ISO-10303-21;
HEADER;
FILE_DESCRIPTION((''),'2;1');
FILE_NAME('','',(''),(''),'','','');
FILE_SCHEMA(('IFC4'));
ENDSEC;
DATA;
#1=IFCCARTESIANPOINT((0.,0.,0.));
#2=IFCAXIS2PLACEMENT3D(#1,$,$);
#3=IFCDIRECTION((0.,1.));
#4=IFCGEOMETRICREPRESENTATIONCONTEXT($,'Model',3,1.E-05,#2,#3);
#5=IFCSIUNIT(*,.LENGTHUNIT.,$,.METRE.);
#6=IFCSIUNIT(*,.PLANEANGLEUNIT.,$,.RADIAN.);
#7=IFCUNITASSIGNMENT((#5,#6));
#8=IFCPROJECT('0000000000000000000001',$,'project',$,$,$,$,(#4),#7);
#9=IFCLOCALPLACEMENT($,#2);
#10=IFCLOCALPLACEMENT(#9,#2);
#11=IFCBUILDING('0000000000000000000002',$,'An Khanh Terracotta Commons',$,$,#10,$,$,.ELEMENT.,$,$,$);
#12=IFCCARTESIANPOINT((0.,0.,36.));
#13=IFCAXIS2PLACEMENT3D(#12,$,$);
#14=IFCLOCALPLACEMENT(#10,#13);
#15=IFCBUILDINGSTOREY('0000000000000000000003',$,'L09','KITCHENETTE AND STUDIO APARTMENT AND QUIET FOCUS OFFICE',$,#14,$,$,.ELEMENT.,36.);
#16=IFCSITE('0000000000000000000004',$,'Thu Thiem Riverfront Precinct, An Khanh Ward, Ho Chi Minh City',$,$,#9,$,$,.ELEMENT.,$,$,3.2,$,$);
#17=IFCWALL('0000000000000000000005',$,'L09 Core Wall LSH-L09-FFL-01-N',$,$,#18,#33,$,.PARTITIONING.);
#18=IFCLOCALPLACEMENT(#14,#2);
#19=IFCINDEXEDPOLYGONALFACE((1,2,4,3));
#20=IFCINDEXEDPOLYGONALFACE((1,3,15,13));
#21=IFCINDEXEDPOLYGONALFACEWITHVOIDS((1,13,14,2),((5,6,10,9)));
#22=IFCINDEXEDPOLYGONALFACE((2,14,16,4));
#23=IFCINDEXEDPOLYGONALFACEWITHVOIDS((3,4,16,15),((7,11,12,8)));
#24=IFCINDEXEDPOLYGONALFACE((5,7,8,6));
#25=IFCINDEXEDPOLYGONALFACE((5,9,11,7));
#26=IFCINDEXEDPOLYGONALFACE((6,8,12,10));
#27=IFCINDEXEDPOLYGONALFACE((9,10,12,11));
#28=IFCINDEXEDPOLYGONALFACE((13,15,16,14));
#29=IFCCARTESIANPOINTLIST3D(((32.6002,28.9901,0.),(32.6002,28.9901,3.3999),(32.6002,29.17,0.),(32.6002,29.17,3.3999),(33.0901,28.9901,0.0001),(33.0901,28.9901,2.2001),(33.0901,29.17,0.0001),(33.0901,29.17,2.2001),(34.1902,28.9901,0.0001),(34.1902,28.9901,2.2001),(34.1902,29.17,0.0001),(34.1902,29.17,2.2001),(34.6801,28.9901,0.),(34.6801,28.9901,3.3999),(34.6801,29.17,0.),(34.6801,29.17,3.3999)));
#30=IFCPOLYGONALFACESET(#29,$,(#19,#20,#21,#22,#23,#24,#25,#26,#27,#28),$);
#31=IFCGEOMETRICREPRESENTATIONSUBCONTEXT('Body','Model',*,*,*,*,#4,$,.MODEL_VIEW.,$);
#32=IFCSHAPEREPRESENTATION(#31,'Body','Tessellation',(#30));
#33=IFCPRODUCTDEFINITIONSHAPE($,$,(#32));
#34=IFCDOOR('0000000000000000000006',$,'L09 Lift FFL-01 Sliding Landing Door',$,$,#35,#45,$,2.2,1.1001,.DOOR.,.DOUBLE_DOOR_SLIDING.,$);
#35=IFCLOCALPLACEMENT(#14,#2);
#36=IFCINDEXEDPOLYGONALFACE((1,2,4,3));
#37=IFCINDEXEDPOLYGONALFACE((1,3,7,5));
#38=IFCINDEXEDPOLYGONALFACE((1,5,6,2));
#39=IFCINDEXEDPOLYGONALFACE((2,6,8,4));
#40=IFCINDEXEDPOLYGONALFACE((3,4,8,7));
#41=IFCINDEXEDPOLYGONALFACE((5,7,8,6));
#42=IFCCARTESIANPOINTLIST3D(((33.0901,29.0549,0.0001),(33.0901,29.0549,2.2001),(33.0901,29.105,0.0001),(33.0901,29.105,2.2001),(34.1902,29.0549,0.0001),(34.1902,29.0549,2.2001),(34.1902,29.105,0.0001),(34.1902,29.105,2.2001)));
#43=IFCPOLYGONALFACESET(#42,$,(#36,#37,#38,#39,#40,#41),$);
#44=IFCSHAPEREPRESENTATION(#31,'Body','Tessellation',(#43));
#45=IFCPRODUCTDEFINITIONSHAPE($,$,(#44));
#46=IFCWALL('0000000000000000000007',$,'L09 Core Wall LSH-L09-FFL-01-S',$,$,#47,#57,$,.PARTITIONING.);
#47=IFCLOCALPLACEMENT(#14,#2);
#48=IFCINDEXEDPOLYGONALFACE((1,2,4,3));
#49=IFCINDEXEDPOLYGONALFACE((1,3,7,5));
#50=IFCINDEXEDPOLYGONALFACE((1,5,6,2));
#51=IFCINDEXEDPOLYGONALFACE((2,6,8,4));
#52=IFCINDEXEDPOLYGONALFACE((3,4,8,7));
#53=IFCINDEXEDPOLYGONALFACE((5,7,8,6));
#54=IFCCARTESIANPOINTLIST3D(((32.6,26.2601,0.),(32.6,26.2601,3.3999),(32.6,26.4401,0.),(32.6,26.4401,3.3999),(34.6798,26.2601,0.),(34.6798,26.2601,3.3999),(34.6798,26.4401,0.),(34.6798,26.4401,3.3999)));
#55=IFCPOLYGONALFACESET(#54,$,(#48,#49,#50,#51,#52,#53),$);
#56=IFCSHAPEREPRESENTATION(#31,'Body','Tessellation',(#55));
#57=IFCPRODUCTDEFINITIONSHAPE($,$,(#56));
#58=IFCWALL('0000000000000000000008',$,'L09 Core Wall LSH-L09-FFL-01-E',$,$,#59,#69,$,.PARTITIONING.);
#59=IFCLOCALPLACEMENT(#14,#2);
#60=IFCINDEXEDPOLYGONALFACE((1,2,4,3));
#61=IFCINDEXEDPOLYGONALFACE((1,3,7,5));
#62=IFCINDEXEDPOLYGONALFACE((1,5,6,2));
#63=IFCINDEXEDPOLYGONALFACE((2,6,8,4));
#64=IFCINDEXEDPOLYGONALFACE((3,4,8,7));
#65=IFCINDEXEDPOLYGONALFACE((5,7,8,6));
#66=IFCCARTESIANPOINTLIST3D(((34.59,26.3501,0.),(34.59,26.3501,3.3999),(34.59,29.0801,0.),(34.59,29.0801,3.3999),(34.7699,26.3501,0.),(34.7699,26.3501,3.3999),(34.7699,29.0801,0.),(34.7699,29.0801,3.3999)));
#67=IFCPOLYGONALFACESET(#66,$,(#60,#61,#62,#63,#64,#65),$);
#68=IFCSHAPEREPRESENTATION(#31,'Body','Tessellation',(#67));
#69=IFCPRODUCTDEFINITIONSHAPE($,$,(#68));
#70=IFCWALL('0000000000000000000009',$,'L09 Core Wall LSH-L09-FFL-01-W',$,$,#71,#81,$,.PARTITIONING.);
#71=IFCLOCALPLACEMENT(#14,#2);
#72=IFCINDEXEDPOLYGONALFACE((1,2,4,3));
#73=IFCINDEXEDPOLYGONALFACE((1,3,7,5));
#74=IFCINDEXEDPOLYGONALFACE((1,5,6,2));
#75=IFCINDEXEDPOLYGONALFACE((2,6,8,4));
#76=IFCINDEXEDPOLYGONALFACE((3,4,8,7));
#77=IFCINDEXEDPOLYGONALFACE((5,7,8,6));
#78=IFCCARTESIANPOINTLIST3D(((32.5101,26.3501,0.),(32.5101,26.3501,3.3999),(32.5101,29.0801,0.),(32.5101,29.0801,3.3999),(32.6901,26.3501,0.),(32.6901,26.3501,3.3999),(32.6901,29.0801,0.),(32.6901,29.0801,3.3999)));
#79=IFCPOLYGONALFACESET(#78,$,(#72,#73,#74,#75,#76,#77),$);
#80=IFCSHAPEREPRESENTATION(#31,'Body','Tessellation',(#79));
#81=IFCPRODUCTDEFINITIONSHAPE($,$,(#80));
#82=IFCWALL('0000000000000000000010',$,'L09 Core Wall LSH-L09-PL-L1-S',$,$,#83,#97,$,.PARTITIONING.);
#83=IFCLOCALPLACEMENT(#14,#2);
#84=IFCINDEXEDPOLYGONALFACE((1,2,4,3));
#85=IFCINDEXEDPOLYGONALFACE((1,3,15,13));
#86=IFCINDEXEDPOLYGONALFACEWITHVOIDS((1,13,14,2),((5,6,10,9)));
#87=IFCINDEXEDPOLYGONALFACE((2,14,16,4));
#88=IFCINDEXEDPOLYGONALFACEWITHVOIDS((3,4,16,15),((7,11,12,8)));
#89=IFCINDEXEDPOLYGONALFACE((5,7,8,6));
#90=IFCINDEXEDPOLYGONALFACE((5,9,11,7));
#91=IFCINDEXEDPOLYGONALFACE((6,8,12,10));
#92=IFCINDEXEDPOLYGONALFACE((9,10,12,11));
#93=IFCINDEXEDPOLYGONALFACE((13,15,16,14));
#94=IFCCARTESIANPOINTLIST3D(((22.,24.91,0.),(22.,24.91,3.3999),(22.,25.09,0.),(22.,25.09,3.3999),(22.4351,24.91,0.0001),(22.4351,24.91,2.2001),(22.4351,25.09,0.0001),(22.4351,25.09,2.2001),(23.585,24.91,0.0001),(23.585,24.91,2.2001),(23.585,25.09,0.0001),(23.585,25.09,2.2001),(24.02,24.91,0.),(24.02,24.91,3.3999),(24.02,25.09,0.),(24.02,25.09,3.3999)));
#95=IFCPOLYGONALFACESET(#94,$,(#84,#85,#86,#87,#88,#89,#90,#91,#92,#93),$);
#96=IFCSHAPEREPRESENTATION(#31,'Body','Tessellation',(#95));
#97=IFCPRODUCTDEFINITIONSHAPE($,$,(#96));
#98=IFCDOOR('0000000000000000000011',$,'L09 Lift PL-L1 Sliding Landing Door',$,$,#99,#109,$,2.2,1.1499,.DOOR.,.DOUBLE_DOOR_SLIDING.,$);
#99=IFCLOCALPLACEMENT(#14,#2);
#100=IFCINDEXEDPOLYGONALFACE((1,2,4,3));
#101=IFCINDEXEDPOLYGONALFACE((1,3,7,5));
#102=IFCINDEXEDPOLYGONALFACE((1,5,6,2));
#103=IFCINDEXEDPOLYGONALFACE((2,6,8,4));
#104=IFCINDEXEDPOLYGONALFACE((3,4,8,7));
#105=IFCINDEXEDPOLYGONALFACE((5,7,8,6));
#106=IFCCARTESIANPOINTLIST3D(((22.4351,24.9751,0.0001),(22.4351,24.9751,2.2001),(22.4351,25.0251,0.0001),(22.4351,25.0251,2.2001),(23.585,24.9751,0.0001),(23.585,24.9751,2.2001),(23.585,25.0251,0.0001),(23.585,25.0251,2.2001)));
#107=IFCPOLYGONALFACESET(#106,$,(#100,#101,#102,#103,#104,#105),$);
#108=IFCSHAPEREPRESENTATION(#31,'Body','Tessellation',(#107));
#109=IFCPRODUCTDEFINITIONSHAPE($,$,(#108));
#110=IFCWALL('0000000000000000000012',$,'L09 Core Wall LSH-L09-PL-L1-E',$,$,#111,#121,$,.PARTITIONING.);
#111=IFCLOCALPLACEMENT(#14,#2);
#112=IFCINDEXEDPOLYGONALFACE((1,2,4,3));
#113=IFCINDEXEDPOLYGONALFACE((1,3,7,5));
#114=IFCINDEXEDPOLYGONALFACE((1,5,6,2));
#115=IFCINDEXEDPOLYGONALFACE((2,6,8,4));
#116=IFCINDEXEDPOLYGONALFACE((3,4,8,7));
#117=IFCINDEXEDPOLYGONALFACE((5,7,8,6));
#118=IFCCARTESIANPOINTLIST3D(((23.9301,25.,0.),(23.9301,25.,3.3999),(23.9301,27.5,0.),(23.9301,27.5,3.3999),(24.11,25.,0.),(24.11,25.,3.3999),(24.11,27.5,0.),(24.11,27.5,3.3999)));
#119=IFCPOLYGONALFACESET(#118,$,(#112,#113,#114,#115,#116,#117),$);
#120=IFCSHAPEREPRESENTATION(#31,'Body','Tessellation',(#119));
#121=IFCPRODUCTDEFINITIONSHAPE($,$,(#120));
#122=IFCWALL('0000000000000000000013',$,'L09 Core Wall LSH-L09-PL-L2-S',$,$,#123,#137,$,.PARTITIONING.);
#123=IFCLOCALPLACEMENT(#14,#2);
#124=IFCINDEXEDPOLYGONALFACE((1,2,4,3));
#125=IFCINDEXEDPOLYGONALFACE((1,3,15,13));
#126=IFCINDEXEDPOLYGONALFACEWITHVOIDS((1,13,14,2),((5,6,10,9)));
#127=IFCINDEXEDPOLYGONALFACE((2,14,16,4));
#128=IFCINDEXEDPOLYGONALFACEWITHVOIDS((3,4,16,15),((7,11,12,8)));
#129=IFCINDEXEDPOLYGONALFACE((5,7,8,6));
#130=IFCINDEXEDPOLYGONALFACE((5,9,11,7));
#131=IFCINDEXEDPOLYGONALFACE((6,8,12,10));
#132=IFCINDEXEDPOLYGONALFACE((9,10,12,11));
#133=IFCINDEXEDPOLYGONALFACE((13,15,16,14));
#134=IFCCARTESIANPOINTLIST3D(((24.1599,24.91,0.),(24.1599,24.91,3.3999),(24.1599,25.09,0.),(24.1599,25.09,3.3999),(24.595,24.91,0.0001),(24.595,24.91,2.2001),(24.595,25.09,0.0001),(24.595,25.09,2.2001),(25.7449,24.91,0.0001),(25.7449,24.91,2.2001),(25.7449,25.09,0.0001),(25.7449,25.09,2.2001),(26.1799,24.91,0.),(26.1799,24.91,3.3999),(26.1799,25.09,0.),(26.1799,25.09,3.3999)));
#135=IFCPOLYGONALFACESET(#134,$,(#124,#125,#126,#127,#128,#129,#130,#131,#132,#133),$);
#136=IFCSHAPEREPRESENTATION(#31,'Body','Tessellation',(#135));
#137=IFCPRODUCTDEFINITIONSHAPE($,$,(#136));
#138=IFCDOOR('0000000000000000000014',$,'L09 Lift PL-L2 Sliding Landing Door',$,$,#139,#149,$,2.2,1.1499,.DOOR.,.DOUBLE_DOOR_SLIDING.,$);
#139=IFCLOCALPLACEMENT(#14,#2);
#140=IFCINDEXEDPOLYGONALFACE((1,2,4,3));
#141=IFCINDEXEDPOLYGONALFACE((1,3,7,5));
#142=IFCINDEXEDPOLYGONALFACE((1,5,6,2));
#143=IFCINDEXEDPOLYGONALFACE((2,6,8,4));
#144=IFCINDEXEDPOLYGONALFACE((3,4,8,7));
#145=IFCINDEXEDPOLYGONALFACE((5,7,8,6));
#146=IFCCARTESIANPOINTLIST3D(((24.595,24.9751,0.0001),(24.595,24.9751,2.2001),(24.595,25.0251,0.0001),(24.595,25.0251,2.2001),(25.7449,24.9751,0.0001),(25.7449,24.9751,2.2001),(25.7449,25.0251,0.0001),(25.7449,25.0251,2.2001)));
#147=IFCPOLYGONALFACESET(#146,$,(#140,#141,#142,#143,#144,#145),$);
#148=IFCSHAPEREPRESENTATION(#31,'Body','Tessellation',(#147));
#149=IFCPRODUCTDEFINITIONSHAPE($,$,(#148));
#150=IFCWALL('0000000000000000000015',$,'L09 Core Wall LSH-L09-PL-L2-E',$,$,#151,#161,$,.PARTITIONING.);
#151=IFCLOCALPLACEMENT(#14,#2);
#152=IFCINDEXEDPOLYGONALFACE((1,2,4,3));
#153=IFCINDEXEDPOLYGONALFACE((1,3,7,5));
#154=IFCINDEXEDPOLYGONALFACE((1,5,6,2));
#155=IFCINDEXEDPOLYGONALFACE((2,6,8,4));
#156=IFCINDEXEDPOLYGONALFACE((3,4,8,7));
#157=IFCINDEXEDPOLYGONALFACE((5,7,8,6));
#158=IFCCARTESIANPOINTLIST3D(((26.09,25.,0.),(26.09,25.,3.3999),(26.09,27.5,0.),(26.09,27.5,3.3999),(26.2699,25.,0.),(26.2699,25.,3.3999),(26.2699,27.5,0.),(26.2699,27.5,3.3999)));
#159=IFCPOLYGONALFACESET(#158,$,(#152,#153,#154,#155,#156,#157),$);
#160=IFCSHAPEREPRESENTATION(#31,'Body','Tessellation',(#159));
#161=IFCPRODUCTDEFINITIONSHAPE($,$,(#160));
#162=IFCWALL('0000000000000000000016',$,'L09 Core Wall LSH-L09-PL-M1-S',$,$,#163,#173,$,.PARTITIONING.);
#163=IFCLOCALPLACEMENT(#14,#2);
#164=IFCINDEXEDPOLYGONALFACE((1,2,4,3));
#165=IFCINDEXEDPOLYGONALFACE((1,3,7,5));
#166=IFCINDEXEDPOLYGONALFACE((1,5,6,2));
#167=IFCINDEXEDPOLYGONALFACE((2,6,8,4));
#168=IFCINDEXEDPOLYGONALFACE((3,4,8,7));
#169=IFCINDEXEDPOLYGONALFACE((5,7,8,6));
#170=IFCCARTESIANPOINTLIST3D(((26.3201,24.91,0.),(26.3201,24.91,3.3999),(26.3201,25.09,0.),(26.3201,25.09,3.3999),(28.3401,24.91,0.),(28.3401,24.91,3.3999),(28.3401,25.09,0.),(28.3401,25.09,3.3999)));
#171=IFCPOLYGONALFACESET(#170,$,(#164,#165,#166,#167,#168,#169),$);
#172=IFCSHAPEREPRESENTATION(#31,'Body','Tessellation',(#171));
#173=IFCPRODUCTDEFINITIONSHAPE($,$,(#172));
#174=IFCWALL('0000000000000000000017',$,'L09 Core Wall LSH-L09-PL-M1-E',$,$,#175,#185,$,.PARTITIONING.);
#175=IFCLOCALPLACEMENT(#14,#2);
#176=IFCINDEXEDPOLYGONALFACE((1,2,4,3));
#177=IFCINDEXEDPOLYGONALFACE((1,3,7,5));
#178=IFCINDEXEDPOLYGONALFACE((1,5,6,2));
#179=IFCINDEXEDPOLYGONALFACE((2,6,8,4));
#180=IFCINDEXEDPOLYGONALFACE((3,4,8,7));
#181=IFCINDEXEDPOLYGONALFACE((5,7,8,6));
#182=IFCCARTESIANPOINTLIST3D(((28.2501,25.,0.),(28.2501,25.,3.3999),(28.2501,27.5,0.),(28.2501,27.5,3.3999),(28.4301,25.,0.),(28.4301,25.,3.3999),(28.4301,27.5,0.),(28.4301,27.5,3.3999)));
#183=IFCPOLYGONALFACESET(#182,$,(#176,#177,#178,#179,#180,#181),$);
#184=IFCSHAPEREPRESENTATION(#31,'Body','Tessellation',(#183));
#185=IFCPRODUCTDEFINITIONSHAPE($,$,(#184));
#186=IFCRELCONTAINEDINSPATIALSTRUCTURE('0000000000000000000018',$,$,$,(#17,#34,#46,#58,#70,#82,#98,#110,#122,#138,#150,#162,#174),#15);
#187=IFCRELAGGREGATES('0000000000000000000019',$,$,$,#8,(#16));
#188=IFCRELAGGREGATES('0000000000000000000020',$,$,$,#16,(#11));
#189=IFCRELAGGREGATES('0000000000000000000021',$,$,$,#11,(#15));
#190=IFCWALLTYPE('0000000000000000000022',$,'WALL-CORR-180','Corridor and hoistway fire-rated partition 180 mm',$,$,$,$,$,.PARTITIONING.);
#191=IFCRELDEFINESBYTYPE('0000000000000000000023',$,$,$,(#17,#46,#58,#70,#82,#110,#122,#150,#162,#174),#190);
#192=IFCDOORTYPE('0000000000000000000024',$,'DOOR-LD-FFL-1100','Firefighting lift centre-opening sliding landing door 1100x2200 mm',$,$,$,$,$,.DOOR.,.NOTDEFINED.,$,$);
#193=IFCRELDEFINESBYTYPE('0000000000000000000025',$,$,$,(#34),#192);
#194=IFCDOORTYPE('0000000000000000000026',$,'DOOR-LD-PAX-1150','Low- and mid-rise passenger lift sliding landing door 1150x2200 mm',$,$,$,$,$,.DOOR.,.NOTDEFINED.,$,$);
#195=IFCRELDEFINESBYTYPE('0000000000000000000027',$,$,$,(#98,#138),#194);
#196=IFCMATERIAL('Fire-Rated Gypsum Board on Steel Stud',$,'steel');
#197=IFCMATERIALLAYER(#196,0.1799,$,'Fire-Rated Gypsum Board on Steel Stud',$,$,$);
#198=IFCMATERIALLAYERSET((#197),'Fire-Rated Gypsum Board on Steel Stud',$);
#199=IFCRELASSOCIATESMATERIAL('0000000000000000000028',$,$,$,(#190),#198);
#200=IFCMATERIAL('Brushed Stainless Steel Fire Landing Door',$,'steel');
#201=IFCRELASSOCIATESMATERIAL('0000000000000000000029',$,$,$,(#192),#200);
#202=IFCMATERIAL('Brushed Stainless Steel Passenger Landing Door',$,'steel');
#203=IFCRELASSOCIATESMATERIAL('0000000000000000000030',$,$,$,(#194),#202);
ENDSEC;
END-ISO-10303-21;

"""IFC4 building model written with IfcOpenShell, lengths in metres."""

from ifc_helpers import new_model, si_unit, direction, frame, frame_2d, origin, place, context, subcontext, project, spatial, rectangle, extrude, material, layer, layer_set, type_object, element, fill, save


model = new_model("IFC4")

# Units and contexts
model_context = context("Model", 3, precision=1e-05, world=origin(), true_north=direction((0.0, 1.0)))
body_context = subcontext(model_context, "Body", "Model", "MODEL_VIEW")
ifc_project = project(units=[si_unit("LENGTHUNIT", "METRE"), si_unit("PLANEANGLEUNIT", "RADIAN")], contexts=[model_context])

# Site, building, storey
site_placement = place(None, origin())
site = spatial("IfcSite", under=ifc_project, at=site_placement, Name="Thu Thiem Riverfront Precinct, An Khanh Ward, Ho Chi Minh City", CompositionType="ELEMENT", RefElevation=3.2)
building_placement = place(site_placement, origin())
building = spatial("IfcBuilding", under=site, at=building_placement, Name="An Khanh Terracotta Commons", CompositionType="ELEMENT")
storey_placement = place(building_placement, frame((0.0, 0.0, 36.0)))
storey = spatial("IfcBuildingStorey", under=building, at=storey_placement, Name="L09", Description="KITCHENETTE AND STUDIO APARTMENT AND QUIET FOCUS OFFICE", CompositionType="ELEMENT", Elevation=36.0)

# Wall, opening, door
ifc_material_1 = material(Name="Fire-Rated Gypsum Board on Steel Stud", Category="steel")
ifc_layer_1 = layer(ifc_material_1, 0.1799, Name="Fire-Rated Gypsum Board on Steel Stud")
ifc_layer_set_1 = layer_set([ifc_layer_1], Name="Fire-Rated Gypsum Board on Steel Stud")
wall_type_1 = type_object("IfcWallType", Name="WALL-CORR-180", Description="Corridor and hoistway fire-rated partition 180 mm", PredefinedType="PARTITIONING", material=ifc_layer_set_1)
wall_1_placement = place(storey_placement, frame((32.6001, 29.0801, 0.0), z_axis=(0.0, 0.0, 1.0), x_axis=(1.0, 0.0, 0.0)))
wall_1 = element("IfcWall", 1, at=wall_1_placement, inside=storey, type_object=wall_type_1, Name="L09 Core Wall LSH-L09-FFL-01-N", PredefinedType="PARTITIONING", context=body_context, shape_type="SweptSolid", body=[
    extrude(rectangle(XDim=2.0798, YDim=0.1799, at=frame_2d((1.04, 0.0))), origin(), (0.0, 0.0, 1.0), 3.3999),
])
opening_1_placement = place(wall_1_placement, frame((0.49, 0.0, 0.0)))
opening_1 = element("IfcOpeningElement", 2, at=opening_1_placement, cuts=wall_1, PredefinedType="OPENING", context=body_context, shape_type="SweptSolid", body=[
    extrude(rectangle(XDim=1.1001, YDim=2.2, at=frame_2d((0.55, 1.1001))), frame((0.0, 0.0999, 0.0), z_axis=(0.0, -1.0, 0.0), x_axis=(1.0, 0.0, 0.0)), (0.0, 0.0, 1.0), 0.2),
])
ifc_material_2 = material(Name="Brushed Stainless Steel Fire Landing Door", Category="steel")
door_type_1 = type_object("IfcDoorType", Name="DOOR-LD-FFL-1100", Description="Firefighting lift centre-opening sliding landing door 1100x2200 mm", OperationType="NOTDEFINED", PredefinedType="DOOR", material=ifc_material_2)
door_1_placement = place(opening_1_placement, origin())
door_1 = element("IfcDoor", 3, at=door_1_placement, inside=storey, type_object=door_type_1, Name="L09 Lift FFL-01 Sliding Landing Door", OperationType="DOUBLE_DOOR_SLIDING", OverallHeight=2.2, OverallWidth=1.1001, PredefinedType="DOOR", context=body_context, shape_type="SweptSolid", body=[
    extrude(rectangle(XDim=1.1001, YDim=2.2, at=frame_2d((0.55, 1.1001))), frame((0.0, 0.0249, 0.0), z_axis=(0.0, -1.0, 0.0), x_axis=(1.0, 0.0, 0.0)), (0.0, 0.0, 1.0), 0.05),
])
fill(opening_1, door_1)

# Walls
wall_2_placement = place(storey_placement, frame((34.6799, 26.3501, 0.0), z_axis=(0.0, 0.0, 1.0), x_axis=(-1.0, 0.0, 0.0)))
element("IfcWall", 4, at=wall_2_placement, inside=storey, type_object=wall_type_1, Name="L09 Core Wall LSH-L09-FFL-01-S", PredefinedType="PARTITIONING", context=body_context, shape_type="SweptSolid", body=[
    extrude(rectangle(XDim=2.0798, YDim=0.1799, at=frame_2d((1.04, 0.0))), origin(), (0.0, 0.0, 1.0), 3.3999),
])
for number, where, z_axis, x_axis, name in (
    (5, (34.6799, 26.3501, 0.0), (0.0, 0.0, 1.0), (0.0, 1.0, 0.0), "L09 Core Wall LSH-L09-FFL-01-E"),
    (6, (32.6001, 29.0801, 0.0), (0.0, 0.0, 1.0), (0.0, -1.0, 0.0), "L09 Core Wall LSH-L09-FFL-01-W"),
):
    element("IfcWall", number, at=place(storey_placement, frame(where, z_axis=z_axis, x_axis=x_axis)), inside=storey, type_object=wall_type_1, Name=name, PredefinedType="PARTITIONING", context=body_context, shape_type="SweptSolid", body=[
        extrude(rectangle(XDim=2.73, YDim=0.1799, at=frame_2d((1.365, 0.0))), origin(), (0.0, 0.0, 1.0), 3.3999),
    ])

# Wall, opening, door
wall_3_placement = place(storey_placement, frame((24.02, 25.0, 0.0), z_axis=(0.0, 0.0, 1.0), x_axis=(-1.0, 0.0, 0.0)))
wall_3 = element("IfcWall", 7, at=wall_3_placement, inside=storey, type_object=wall_type_1, Name="L09 Core Wall LSH-L09-PL-L1-S", PredefinedType="PARTITIONING", context=body_context, shape_type="SweptSolid", body=[
    extrude(rectangle(XDim=2.02, YDim=0.1799, at=frame_2d((1.01, 0.0))), origin(), (0.0, 0.0, 1.0), 3.3999),
])
opening_2_placement = place(wall_3_placement, frame((0.4351, 0.0, 0.0)))
opening_2 = element("IfcOpeningElement", 8, at=opening_2_placement, cuts=wall_3, PredefinedType="OPENING", context=body_context, shape_type="SweptSolid", body=[
    extrude(rectangle(XDim=1.1499, YDim=2.2, at=frame_2d((0.575, 1.1001))), frame((0.0, 0.0999, 0.0), z_axis=(0.0, -1.0, 0.0), x_axis=(1.0, 0.0, 0.0)), (0.0, 0.0, 1.0), 0.2),
])
ifc_material_3 = material(Name="Brushed Stainless Steel Passenger Landing Door", Category="steel")
door_type_2 = type_object("IfcDoorType", Name="DOOR-LD-PAX-1150", Description="Low- and mid-rise passenger lift sliding landing door 1150x2200 mm", OperationType="NOTDEFINED", PredefinedType="DOOR", material=ifc_material_3)
door_2_placement = place(opening_2_placement, origin())
door_2 = element("IfcDoor", 9, at=door_2_placement, inside=storey, type_object=door_type_2, Name="L09 Lift PL-L1 Sliding Landing Door", OperationType="DOUBLE_DOOR_SLIDING", OverallHeight=2.2, OverallWidth=1.1499, PredefinedType="DOOR", context=body_context, shape_type="SweptSolid", body=[
    extrude(rectangle(XDim=1.1499, YDim=2.2, at=frame_2d((0.575, 1.1001))), frame((0.0, 0.0249, 0.0), z_axis=(0.0, -1.0, 0.0), x_axis=(1.0, 0.0, 0.0)), (0.0, 0.0, 1.0), 0.05),
])
fill(opening_2, door_2)

# Wall
wall_4_placement = place(storey_placement, frame((24.02, 25.0, 0.0), z_axis=(0.0, 0.0, 1.0), x_axis=(0.0, 1.0, 0.0)))
element("IfcWall", 10, at=wall_4_placement, inside=storey, type_object=wall_type_1, Name="L09 Core Wall LSH-L09-PL-L1-E", PredefinedType="PARTITIONING", context=body_context, shape_type="SweptSolid", body=[
    extrude(rectangle(XDim=2.5, YDim=0.1799, at=frame_2d((1.25, 0.0))), origin(), (0.0, 0.0, 1.0), 3.3999),
])

# Wall, opening, door
wall_5_placement = place(storey_placement, frame((26.1799, 25.0, 0.0), z_axis=(0.0, 0.0, 1.0), x_axis=(-1.0, 0.0, 0.0)))
wall_5 = element("IfcWall", 11, at=wall_5_placement, inside=storey, type_object=wall_type_1, Name="L09 Core Wall LSH-L09-PL-L2-S", PredefinedType="PARTITIONING", context=body_context, shape_type="SweptSolid", body=[
    extrude(rectangle(XDim=2.02, YDim=0.1799, at=frame_2d((1.01, 0.0))), origin(), (0.0, 0.0, 1.0), 3.3999),
])
opening_3_placement = place(wall_5_placement, frame((0.4351, 0.0, 0.0)))
opening_3 = element("IfcOpeningElement", 12, at=opening_3_placement, cuts=wall_5, PredefinedType="OPENING", context=body_context, shape_type="SweptSolid", body=[
    extrude(rectangle(XDim=1.1499, YDim=2.2, at=frame_2d((0.575, 1.1001))), frame((0.0, 0.0999, 0.0), z_axis=(0.0, -1.0, 0.0), x_axis=(1.0, 0.0, 0.0)), (0.0, 0.0, 1.0), 0.2),
])
door_3_placement = place(opening_3_placement, origin())
door_3 = element("IfcDoor", 13, at=door_3_placement, inside=storey, type_object=door_type_2, Name="L09 Lift PL-L2 Sliding Landing Door", OperationType="DOUBLE_DOOR_SLIDING", OverallHeight=2.2, OverallWidth=1.1499, PredefinedType="DOOR", context=body_context, shape_type="SweptSolid", body=[
    extrude(rectangle(XDim=1.1499, YDim=2.2, at=frame_2d((0.575, 1.1001))), frame((0.0, 0.0249, 0.0), z_axis=(0.0, -1.0, 0.0), x_axis=(1.0, 0.0, 0.0)), (0.0, 0.0, 1.0), 0.05),
])
fill(opening_3, door_3)

# Walls
wall_6_placement = place(storey_placement, frame((26.1799, 25.0, 0.0), z_axis=(0.0, 0.0, 1.0), x_axis=(0.0, 1.0, 0.0)))
element("IfcWall", 14, at=wall_6_placement, inside=storey, type_object=wall_type_1, Name="L09 Core Wall LSH-L09-PL-L2-E", PredefinedType="PARTITIONING", context=body_context, shape_type="SweptSolid", body=[
    extrude(rectangle(XDim=2.5, YDim=0.1799, at=frame_2d((1.25, 0.0))), origin(), (0.0, 0.0, 1.0), 3.3999),
])
wall_7_placement = place(storey_placement, frame((28.3401, 25.0, 0.0), z_axis=(0.0, 0.0, 1.0), x_axis=(-1.0, 0.0, 0.0)))
element("IfcWall", 15, at=wall_7_placement, inside=storey, type_object=wall_type_1, Name="L09 Core Wall LSH-L09-PL-M1-S", PredefinedType="PARTITIONING", context=body_context, shape_type="SweptSolid", body=[
    extrude(rectangle(XDim=2.02, YDim=0.1799, at=frame_2d((1.01, 0.0))), origin(), (0.0, 0.0, 1.0), 3.3999),
])
wall_8_placement = place(storey_placement, frame((28.3401, 25.0, 0.0), z_axis=(0.0, 0.0, 1.0), x_axis=(0.0, 1.0, 0.0)))
element("IfcWall", 16, at=wall_8_placement, inside=storey, type_object=wall_type_1, Name="L09 Core Wall LSH-L09-PL-M1-E", PredefinedType="PARTITIONING", context=body_context, shape_type="SweptSolid", body=[
    extrude(rectangle(XDim=2.5, YDim=0.1799, at=frame_2d((1.25, 0.0))), origin(), (0.0, 0.0, 1.0), 3.3999),
])

save(model, "model.ifc")
